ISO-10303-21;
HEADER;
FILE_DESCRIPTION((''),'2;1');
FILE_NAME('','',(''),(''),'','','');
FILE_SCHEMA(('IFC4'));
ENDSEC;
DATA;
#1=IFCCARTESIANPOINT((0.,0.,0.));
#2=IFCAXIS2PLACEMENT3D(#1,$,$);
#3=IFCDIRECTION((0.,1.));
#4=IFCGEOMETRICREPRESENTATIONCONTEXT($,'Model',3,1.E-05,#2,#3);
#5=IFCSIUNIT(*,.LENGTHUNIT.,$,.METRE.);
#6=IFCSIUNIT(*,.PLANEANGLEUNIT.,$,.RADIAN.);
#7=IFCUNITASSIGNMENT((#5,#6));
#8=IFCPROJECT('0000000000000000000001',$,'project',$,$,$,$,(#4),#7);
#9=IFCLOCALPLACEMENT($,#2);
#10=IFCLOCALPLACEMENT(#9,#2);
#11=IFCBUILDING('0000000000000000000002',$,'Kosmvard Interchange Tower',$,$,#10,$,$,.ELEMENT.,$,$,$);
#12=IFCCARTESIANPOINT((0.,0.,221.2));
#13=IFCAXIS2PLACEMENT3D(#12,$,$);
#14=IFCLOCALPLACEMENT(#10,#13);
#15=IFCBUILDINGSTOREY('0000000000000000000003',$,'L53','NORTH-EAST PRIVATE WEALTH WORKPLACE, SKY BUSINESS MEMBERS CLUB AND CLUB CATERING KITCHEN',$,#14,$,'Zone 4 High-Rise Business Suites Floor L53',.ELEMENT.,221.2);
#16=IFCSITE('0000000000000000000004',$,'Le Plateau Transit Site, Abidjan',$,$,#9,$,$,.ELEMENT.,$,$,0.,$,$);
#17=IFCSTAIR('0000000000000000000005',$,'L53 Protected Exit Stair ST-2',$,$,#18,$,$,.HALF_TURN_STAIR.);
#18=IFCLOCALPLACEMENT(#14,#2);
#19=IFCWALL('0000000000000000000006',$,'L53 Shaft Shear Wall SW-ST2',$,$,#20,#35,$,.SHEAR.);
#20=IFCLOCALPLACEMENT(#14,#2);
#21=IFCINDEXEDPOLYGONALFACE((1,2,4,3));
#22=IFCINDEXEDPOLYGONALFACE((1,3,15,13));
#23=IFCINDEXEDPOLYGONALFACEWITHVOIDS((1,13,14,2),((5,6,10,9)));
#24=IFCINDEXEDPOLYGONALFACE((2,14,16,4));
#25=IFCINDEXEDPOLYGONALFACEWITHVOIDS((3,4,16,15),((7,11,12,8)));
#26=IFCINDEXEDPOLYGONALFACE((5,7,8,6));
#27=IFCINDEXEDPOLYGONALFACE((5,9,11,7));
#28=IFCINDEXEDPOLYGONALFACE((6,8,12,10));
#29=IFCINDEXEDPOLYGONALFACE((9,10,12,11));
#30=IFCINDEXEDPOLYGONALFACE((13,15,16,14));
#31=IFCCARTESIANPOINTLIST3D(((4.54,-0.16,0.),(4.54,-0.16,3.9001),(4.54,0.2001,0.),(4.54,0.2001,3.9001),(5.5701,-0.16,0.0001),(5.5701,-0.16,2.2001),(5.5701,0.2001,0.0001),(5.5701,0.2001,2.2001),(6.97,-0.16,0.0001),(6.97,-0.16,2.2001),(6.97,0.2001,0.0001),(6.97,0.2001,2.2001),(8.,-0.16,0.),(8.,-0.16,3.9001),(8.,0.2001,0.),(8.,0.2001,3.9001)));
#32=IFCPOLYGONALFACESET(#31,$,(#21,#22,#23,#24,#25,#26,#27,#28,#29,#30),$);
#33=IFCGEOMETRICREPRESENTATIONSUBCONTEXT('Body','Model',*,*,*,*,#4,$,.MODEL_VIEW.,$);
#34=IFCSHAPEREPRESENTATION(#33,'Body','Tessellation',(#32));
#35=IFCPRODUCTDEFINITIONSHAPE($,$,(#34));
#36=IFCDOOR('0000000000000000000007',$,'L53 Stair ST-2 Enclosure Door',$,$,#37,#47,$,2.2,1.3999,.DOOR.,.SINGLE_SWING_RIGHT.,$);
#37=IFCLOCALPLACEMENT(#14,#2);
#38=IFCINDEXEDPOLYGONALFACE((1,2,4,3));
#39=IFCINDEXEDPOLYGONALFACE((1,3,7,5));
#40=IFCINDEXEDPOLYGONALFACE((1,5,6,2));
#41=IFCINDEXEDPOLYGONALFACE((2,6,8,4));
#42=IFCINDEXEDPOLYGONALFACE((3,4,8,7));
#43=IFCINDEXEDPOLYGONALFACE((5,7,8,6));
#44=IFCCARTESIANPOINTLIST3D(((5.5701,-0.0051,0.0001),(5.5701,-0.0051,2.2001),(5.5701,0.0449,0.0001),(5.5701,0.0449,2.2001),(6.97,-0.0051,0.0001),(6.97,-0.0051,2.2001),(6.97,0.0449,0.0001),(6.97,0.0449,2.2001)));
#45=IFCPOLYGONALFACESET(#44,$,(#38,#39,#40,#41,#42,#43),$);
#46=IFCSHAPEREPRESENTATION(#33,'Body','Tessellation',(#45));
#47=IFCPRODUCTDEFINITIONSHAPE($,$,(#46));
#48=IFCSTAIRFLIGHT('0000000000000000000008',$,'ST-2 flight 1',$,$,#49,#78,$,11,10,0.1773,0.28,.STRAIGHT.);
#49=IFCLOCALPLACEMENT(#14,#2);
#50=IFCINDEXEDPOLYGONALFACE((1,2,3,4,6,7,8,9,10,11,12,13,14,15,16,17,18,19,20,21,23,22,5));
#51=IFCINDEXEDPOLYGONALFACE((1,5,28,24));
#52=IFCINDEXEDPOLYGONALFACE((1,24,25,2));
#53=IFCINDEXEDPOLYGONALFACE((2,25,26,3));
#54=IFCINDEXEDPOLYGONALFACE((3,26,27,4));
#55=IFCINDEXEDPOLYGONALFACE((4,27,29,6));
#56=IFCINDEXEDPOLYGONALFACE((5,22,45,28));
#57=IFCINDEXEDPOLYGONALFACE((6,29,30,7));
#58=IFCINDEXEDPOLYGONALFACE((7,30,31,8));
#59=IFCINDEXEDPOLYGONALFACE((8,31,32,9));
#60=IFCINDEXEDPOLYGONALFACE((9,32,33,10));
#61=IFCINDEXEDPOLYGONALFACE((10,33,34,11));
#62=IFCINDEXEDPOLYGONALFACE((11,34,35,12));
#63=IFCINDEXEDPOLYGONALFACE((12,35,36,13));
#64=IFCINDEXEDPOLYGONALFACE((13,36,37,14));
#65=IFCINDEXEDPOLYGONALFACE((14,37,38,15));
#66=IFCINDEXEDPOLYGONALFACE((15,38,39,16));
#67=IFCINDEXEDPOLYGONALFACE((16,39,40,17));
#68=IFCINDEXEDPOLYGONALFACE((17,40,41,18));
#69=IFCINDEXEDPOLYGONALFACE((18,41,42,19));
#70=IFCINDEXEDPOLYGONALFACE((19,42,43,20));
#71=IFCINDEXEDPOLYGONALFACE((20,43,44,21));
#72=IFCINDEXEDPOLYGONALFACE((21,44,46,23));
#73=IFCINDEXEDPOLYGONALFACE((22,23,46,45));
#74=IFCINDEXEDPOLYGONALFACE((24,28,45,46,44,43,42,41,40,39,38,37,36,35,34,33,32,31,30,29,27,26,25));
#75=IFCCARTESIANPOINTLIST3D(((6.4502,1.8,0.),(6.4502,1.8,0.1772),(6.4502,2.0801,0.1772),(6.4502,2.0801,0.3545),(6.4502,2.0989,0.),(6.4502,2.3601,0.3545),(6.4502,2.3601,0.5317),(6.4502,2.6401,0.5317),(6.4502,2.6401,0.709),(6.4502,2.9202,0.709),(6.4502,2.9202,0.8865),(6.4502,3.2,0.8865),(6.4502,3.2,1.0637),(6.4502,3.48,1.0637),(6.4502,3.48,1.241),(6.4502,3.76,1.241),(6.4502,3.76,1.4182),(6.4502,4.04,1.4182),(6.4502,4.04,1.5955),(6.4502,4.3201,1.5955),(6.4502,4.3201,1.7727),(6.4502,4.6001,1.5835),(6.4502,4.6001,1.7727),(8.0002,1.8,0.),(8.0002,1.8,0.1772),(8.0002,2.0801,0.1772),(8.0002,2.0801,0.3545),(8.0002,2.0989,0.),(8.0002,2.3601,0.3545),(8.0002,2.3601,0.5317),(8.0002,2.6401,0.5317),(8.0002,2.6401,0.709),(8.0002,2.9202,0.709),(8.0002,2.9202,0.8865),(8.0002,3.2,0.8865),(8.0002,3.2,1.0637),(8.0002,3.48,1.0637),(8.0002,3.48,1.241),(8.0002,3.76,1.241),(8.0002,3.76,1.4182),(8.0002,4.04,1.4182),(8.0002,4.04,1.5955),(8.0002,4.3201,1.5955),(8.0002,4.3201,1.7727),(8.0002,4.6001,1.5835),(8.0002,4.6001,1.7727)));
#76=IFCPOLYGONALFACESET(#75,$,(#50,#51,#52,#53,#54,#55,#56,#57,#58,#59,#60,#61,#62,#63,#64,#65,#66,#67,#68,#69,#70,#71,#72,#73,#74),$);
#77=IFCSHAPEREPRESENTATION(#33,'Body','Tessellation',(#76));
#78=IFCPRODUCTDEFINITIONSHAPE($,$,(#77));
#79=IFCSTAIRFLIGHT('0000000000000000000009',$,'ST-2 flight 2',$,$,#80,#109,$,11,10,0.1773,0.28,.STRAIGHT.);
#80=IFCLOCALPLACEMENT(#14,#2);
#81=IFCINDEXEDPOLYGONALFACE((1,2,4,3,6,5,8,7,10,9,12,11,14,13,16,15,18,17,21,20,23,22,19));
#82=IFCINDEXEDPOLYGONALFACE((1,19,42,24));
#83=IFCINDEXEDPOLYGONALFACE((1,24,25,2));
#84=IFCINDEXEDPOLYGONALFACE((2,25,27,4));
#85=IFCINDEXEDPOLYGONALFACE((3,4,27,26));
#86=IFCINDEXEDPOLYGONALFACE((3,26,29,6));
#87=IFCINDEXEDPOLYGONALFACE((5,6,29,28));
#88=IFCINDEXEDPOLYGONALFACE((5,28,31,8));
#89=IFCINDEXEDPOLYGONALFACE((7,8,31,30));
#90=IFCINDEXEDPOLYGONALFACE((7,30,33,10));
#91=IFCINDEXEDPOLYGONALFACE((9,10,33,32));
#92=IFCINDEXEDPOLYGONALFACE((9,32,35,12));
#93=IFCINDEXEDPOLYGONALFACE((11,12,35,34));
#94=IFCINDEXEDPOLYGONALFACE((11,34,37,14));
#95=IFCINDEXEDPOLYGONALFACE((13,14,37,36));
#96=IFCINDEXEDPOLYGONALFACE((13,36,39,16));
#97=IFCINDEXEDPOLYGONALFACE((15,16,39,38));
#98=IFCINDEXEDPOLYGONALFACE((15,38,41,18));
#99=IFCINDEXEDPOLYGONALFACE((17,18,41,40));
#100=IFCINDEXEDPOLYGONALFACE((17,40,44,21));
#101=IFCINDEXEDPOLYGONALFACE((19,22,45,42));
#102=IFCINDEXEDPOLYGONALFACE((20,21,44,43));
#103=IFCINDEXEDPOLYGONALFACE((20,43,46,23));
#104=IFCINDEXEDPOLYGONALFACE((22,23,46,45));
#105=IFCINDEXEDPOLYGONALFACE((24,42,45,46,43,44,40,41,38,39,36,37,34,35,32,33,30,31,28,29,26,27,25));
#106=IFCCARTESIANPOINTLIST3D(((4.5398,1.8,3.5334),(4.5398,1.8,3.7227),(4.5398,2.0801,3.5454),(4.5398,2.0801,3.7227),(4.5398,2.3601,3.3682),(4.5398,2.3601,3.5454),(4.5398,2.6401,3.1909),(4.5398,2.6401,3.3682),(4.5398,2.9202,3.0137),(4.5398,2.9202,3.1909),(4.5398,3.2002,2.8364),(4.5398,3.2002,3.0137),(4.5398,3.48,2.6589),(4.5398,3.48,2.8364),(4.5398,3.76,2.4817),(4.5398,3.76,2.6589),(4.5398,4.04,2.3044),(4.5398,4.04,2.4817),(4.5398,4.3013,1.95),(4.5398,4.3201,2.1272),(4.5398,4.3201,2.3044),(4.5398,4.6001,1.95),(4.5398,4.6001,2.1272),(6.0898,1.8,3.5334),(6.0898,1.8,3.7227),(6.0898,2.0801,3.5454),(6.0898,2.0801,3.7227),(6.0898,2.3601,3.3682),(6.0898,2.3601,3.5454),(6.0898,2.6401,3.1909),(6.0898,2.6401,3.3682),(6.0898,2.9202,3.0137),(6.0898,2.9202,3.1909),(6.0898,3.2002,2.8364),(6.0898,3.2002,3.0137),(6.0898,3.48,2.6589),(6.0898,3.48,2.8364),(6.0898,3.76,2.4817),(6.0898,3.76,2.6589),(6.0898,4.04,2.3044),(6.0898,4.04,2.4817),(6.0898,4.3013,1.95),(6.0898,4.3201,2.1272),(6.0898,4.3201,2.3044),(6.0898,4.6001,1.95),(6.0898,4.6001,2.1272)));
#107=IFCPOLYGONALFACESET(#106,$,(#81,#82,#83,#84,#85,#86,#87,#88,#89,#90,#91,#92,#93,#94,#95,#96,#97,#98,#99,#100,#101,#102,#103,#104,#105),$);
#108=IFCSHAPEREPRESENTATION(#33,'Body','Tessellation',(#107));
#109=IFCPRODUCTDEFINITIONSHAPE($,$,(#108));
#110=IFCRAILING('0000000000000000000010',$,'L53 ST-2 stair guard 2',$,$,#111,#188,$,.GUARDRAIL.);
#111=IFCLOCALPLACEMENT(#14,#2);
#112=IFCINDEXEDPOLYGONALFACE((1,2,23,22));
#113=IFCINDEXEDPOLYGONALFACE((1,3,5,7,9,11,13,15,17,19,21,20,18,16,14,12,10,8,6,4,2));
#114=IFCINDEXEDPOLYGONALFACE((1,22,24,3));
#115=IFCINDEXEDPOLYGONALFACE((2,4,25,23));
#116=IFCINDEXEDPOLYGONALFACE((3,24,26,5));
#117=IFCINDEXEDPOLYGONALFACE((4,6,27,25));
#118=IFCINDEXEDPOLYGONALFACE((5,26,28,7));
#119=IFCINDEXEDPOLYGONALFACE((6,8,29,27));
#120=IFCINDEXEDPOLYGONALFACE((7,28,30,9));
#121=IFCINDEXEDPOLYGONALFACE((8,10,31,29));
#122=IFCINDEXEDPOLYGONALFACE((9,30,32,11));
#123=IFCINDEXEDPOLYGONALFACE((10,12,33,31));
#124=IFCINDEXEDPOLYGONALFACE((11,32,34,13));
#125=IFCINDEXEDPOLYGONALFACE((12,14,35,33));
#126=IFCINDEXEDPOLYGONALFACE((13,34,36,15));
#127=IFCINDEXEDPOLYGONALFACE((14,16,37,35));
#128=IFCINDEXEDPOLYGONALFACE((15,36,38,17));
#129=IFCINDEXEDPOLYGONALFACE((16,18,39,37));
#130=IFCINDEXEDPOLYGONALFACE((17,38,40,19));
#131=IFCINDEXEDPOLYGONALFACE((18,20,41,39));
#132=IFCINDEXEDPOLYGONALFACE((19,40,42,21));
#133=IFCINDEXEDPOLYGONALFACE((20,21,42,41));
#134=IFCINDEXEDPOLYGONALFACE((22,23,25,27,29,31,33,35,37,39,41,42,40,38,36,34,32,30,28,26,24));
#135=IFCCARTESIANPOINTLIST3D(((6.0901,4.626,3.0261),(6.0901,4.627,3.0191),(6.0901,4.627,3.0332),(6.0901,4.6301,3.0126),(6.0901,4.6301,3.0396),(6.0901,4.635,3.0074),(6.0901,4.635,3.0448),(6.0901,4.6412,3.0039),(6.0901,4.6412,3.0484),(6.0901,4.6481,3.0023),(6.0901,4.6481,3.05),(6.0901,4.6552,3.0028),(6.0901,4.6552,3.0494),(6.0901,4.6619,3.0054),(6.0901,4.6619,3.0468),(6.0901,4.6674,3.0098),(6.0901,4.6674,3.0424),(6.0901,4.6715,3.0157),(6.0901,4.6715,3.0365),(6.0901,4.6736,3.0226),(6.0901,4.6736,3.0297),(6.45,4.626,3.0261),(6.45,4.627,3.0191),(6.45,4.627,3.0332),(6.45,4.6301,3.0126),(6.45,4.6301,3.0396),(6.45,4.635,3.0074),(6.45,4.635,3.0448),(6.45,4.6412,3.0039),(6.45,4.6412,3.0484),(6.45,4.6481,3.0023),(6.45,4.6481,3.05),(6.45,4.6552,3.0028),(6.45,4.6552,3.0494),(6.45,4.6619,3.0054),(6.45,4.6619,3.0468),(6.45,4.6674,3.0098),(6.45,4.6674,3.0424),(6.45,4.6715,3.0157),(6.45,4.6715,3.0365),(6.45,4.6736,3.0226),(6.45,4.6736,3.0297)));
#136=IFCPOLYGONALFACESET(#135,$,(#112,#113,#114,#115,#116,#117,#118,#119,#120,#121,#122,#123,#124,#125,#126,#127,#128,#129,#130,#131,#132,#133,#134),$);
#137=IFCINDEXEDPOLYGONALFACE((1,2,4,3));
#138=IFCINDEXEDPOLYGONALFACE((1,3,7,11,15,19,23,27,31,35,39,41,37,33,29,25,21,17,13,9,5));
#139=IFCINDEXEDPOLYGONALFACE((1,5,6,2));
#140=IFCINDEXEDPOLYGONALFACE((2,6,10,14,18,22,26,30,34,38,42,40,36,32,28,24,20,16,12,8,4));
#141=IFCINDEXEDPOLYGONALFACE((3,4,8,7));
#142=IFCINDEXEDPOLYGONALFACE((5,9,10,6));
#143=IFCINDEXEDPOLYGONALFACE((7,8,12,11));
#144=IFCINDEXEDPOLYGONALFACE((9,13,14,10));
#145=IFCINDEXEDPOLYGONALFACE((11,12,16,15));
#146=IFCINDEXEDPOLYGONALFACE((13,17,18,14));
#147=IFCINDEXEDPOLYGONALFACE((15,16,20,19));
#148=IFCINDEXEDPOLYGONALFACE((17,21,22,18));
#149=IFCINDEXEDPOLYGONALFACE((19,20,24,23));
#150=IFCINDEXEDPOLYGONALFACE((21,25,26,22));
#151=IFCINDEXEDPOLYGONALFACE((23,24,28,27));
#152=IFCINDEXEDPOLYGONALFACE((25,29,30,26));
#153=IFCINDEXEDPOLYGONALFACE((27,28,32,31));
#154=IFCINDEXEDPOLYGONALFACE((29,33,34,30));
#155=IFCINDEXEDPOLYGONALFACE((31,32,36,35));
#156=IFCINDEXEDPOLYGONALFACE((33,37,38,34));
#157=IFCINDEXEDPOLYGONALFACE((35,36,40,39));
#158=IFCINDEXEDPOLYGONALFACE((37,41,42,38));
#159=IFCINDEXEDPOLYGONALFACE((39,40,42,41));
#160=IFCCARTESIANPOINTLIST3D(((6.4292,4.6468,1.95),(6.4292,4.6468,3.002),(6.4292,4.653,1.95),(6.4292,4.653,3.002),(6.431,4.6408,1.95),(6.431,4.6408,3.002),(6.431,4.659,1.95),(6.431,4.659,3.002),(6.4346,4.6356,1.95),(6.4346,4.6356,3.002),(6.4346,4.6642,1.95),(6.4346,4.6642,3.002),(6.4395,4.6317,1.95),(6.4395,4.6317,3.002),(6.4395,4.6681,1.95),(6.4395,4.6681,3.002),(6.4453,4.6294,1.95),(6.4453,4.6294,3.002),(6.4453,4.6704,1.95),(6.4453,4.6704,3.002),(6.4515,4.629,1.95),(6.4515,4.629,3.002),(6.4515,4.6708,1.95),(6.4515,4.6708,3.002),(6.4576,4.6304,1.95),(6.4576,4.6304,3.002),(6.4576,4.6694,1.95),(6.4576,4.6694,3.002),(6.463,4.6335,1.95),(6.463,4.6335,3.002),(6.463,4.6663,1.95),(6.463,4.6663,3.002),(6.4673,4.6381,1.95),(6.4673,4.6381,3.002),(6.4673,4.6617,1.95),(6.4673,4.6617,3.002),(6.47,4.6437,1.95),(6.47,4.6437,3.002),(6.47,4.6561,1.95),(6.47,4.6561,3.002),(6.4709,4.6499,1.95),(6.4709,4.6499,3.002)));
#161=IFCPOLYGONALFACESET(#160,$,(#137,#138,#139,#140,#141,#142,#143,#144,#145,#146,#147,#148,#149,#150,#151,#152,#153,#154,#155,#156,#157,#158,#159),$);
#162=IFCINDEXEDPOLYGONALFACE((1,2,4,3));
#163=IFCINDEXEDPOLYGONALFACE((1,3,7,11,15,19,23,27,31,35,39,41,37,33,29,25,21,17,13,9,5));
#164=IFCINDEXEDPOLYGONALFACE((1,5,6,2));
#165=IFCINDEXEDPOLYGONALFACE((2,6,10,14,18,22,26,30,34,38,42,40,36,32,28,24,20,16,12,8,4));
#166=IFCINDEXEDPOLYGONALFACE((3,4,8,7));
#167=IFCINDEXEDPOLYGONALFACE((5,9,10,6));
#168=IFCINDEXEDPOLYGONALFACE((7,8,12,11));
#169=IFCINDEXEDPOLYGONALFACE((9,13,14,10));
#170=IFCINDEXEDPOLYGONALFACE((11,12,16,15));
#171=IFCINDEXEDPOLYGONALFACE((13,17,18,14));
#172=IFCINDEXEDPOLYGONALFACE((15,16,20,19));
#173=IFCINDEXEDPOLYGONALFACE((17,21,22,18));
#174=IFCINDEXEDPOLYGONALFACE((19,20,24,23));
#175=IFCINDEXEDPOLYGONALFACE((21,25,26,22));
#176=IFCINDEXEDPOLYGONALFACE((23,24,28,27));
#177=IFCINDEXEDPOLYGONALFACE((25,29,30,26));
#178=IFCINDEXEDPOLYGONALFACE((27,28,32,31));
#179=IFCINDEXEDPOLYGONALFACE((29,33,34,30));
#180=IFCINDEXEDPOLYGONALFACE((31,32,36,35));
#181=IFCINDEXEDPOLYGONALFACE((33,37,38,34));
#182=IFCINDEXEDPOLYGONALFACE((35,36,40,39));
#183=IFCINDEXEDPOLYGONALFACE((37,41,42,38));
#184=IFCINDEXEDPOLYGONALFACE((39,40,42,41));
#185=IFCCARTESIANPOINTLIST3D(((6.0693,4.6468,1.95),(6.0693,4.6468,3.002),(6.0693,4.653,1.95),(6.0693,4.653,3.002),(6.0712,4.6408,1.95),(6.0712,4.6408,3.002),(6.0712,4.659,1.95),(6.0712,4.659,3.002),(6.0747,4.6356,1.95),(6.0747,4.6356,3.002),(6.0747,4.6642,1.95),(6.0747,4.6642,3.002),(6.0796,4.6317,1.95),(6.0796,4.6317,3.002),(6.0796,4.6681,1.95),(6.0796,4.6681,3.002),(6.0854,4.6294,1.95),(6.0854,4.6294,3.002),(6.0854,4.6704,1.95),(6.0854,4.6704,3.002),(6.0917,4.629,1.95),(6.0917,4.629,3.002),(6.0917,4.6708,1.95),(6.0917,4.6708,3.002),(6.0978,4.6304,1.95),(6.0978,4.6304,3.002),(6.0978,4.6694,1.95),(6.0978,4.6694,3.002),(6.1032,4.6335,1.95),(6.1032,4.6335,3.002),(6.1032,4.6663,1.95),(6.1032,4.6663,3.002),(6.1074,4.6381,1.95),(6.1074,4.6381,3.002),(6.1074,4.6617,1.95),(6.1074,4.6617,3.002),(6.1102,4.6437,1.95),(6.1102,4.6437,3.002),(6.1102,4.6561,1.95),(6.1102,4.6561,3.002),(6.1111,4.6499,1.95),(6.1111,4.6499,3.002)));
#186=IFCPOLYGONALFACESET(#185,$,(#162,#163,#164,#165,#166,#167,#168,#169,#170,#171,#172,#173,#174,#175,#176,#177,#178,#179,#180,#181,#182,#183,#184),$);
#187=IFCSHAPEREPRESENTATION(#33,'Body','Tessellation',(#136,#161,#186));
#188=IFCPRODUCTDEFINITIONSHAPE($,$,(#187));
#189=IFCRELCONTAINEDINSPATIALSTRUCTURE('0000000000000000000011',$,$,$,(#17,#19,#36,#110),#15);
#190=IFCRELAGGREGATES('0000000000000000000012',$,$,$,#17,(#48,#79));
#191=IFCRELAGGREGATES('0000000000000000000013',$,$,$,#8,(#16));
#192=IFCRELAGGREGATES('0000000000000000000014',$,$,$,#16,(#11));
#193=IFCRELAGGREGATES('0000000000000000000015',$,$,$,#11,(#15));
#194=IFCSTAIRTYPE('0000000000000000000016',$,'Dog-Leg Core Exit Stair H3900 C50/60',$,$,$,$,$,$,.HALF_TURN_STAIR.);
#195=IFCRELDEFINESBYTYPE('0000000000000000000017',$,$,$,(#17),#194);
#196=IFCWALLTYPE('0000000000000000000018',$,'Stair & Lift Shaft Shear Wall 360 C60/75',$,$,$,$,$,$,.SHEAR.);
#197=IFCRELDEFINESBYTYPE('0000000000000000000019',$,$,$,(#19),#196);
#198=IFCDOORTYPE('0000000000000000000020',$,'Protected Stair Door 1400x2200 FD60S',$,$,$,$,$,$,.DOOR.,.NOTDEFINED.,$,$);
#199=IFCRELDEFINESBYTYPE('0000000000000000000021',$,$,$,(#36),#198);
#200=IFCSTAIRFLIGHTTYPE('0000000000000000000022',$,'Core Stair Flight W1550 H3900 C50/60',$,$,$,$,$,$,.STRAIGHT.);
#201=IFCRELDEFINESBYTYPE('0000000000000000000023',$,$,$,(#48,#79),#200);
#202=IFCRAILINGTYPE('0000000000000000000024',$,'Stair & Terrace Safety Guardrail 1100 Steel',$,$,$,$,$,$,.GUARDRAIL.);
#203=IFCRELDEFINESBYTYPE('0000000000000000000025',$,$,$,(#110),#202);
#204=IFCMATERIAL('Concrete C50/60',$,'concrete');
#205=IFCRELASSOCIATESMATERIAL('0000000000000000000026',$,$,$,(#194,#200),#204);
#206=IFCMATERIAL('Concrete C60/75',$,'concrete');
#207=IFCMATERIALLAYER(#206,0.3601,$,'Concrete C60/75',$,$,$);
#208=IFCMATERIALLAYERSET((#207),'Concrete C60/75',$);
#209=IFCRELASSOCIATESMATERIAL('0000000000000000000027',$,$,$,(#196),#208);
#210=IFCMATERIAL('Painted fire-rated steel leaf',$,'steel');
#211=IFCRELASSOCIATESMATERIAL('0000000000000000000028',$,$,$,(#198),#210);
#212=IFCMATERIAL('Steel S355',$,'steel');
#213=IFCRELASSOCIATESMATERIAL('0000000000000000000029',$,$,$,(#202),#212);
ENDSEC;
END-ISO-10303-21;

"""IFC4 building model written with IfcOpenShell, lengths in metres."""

from ifc_helpers import new_model, si_unit, direction, frame, frame_2d, origin, origin_2d, place, context, subcontext, project, spatial, polyline, rectangle, circle, outline, extrude, source, transform, mapped, material, layer, layer_set, type_object, element, fill, aggregate, save


model = new_model("IFC4")

# Units and contexts
model_context = context("Model", 3, precision=1e-05, world=origin(), true_north=direction((0.0, 1.0)))
body_context = subcontext(model_context, "Body", "Model", "MODEL_VIEW")
ifc_project = project(units=[si_unit("LENGTHUNIT", "METRE"), si_unit("PLANEANGLEUNIT", "RADIAN")], contexts=[model_context])

# Site, building, storey
site_placement = place(None, origin())
site = spatial("IfcSite", under=ifc_project, at=site_placement, Name="Le Plateau Transit Site, Abidjan", CompositionType="ELEMENT", RefElevation=0.0)
building_placement = place(site_placement, origin())
building = spatial("IfcBuilding", under=site, at=building_placement, Name="Kosmvard Interchange Tower", CompositionType="ELEMENT")
storey_placement = place(building_placement, frame((0.0, 0.0, 221.2)))
storey = spatial("IfcBuildingStorey", under=building, at=storey_placement, Name="L53", Description="NORTH-EAST PRIVATE WEALTH WORKPLACE, SKY BUSINESS MEMBERS CLUB AND CLUB CATERING KITCHEN", LongName="Zone 4 High-Rise Business Suites Floor L53", CompositionType="ELEMENT", Elevation=221.2)

# Shared definitions
ifc_material_1 = material(Name="Steel S355", Category="steel")

# Shared definitions
ifc_material_2 = material(Name="Concrete C50/60", Category="concrete")

# Stair
stair_type = type_object("IfcStairType", Name="Dog-Leg Core Exit Stair H3900 C50/60", PredefinedType="HALF_TURN_STAIR", material=ifc_material_2)
stair_1_placement = place(storey_placement, origin())
stair_1 = element("IfcStair", 1, at=stair_1_placement, inside=storey, type_object=stair_type, Name="L53 Protected Exit Stair ST-2", PredefinedType="HALF_TURN_STAIR")

# Wall, opening, door
ifc_material_3 = material(Name="Concrete C60/75", Category="concrete")
ifc_layer_1 = layer(ifc_material_3, 0.3601, Name="Concrete C60/75")
ifc_layer_set_1 = layer_set([ifc_layer_1], Name="Concrete C60/75")
wall_type_1 = type_object("IfcWallType", Name="Stair & Lift Shaft Shear Wall 360 C60/75", PredefinedType="SHEAR", material=ifc_layer_set_1)
wall_1_placement = place(storey_placement, frame((4.54, 0.02, 0.0), z_axis=(0.0, 0.0, 1.0), x_axis=(1.0, 0.0, 0.0)))
wall_1 = element("IfcWall", 2, at=wall_1_placement, inside=storey, type_object=wall_type_1, Name="L53 Shaft Shear Wall SW-ST2", PredefinedType="SHEAR", context=body_context, shape_type="SweptSolid", body=[
    extrude(rectangle(XDim=3.46, YDim=0.3601, at=frame_2d((1.73, 0.0))), origin(), (0.0, 0.0, 1.0), 3.9001),
])
opening_1_placement = place(wall_1_placement, frame((1.03, 0.0, 0.0)))
opening_1 = element("IfcOpeningElement", 3, at=opening_1_placement, cuts=wall_1, PredefinedType="OPENING", context=body_context, shape_type="SweptSolid", body=[
    extrude(rectangle(XDim=1.3999, YDim=2.2, at=frame_2d((0.7, 1.1001))), frame((0.0, 0.1899, 0.0), z_axis=(0.0, -1.0, 0.0), x_axis=(1.0, 0.0, 0.0)), (0.0, 0.0, 1.0), 0.3801),
])
ifc_material_4 = material(Name="Painted fire-rated steel leaf", Category="steel")
door_type = type_object("IfcDoorType", Name="Protected Stair Door 1400x2200 FD60S", OperationType="NOTDEFINED", PredefinedType="DOOR", material=ifc_material_4)
shared_shape_1 = source(origin(), body_context, "Body", "SweptSolid", [
    extrude(rectangle(XDim=1.3999, YDim=2.2, at=frame_2d((0.7, 1.1001))), frame((0.0, 0.0249, 0.0), z_axis=(0.0, -1.0, 0.0), x_axis=(1.0, 0.0, 0.0)), (0.0, 0.0, 1.0), 0.05),
])
door_placement = place(opening_1_placement, origin())
door = element("IfcDoor", 4, at=door_placement, inside=storey, type_object=door_type, Name="L53 Stair ST-2 Enclosure Door", OperationType="SINGLE_SWING_RIGHT", OverallHeight=2.2, OverallWidth=1.3999, PredefinedType="DOOR", context=body_context, shape_type="MappedRepresentation", body=[
    mapped(shared_shape_1, transform((0.0, 0.0, 0.0), scale=1.0)),
])
fill(opening_1, door)

# Stair flights
stair_flight_type = type_object("IfcStairFlightType", Name="Core Stair Flight W1550 H3900 C50/60", PredefinedType="STRAIGHT", material=ifc_material_2)
shared_shape_2 = source(origin(), body_context, "Body", "SweptSolid", [
    extrude(outline(polyline([(0.0, 0.0), (0.0, 0.1772), (0.28, 0.1772), (0.28, 0.3545), (0.5601, 0.3545), (0.5601, 0.5317), (0.8401, 0.5317), (0.8401, 0.709), (1.1201, 0.709), (1.1201, 0.8865), (1.3999, 0.8865), (1.3999, 1.0637), (1.6799, 1.0637), (1.6799, 1.241), (1.96, 1.241), (1.96, 1.4182), (2.24, 1.4182), (2.24, 1.5955), (2.52, 1.5955), (2.52, 1.7727), (2.8, 1.7727), (2.8, 1.95), (2.8, 1.5835), (0.2988, 0.0), (0.0, 0.0)])), frame((0.0, 0.7749, 0.0), z_axis=(0.0, -1.0, 0.0), x_axis=(1.0, 0.0, 0.0)), (0.0, 0.0, 1.0), 1.55),
])
stair_flight_1_placement = place(storey_placement, frame((7.2251, 1.8, 0.0), z_axis=(0.0, 0.0, 1.0), x_axis=(0.0, 1.0, 0.0)))
stair_flight_1 = element("IfcStairFlight", 5, at=stair_flight_1_placement, type_object=stair_flight_type, Name="ST-2 flight 1", NumberOfRisers=11, NumberOfTreads=10, PredefinedType="STRAIGHT", RiserHeight=0.1773, TreadLength=0.28, context=body_context, shape_type="MappedRepresentation", body=[
    mapped(shared_shape_2, transform((0.0, 0.0, 0.0), scale=1.0)),
])
stair_flight_2_placement = place(storey_placement, frame((5.3149, 4.6001, 1.95), z_axis=(0.0, 0.0, 1.0), x_axis=(0.0, -1.0, 0.0)))
stair_flight_2 = element("IfcStairFlight", 6, at=stair_flight_2_placement, type_object=stair_flight_type, Name="ST-2 flight 2", NumberOfRisers=11, NumberOfTreads=10, PredefinedType="STRAIGHT", RiserHeight=0.1773, TreadLength=0.28, context=body_context, shape_type="MappedRepresentation", body=[
    mapped(shared_shape_2, transform((0.0, 0.0, 0.0), scale=1.0)),
])
aggregate(stair_1, [stair_flight_1, stair_flight_2])

# Railing
railing_type_1 = type_object("IfcRailingType", Name="Stair & Terrace Safety Guardrail 1100 Steel", PredefinedType="GUARDRAIL", material=ifc_material_1)
shared_shape_3 = source(origin(), body_context, "Body", "SweptSolid", [
    extrude(circle(Radius=0.0239, at=origin_2d()), frame((0.0, 0.0, 1.0762), z_axis=(-1.0, 0.0, 0.0), x_axis=(0.0, -1.0, 0.0)), (0.0, 0.0, 1.0), 0.3599),
    extrude(circle(Radius=0.021, at=origin_2d()), origin(), (0.0, 0.0, 1.0), 1.052),
    extrude(circle(Radius=0.021, at=origin_2d()), frame((-0.3599, 0.0, 0.0)), (0.0, 0.0, 1.0), 1.052),
])
for number, where, name in (
    (7, (6.45, 4.6499, 1.95), "L53 ST-2 stair guard 2"),
):
    element("IfcRailing", number, at=place(storey_placement, frame(where)), inside=storey, type_object=railing_type_1, Name=name, PredefinedType="GUARDRAIL", context=body_context, shape_type="MappedRepresentation", body=[
        mapped(shared_shape_3, transform((0.0, 0.0, 0.0), scale=1.0)),
    ])

save(model, "model.ifc")
